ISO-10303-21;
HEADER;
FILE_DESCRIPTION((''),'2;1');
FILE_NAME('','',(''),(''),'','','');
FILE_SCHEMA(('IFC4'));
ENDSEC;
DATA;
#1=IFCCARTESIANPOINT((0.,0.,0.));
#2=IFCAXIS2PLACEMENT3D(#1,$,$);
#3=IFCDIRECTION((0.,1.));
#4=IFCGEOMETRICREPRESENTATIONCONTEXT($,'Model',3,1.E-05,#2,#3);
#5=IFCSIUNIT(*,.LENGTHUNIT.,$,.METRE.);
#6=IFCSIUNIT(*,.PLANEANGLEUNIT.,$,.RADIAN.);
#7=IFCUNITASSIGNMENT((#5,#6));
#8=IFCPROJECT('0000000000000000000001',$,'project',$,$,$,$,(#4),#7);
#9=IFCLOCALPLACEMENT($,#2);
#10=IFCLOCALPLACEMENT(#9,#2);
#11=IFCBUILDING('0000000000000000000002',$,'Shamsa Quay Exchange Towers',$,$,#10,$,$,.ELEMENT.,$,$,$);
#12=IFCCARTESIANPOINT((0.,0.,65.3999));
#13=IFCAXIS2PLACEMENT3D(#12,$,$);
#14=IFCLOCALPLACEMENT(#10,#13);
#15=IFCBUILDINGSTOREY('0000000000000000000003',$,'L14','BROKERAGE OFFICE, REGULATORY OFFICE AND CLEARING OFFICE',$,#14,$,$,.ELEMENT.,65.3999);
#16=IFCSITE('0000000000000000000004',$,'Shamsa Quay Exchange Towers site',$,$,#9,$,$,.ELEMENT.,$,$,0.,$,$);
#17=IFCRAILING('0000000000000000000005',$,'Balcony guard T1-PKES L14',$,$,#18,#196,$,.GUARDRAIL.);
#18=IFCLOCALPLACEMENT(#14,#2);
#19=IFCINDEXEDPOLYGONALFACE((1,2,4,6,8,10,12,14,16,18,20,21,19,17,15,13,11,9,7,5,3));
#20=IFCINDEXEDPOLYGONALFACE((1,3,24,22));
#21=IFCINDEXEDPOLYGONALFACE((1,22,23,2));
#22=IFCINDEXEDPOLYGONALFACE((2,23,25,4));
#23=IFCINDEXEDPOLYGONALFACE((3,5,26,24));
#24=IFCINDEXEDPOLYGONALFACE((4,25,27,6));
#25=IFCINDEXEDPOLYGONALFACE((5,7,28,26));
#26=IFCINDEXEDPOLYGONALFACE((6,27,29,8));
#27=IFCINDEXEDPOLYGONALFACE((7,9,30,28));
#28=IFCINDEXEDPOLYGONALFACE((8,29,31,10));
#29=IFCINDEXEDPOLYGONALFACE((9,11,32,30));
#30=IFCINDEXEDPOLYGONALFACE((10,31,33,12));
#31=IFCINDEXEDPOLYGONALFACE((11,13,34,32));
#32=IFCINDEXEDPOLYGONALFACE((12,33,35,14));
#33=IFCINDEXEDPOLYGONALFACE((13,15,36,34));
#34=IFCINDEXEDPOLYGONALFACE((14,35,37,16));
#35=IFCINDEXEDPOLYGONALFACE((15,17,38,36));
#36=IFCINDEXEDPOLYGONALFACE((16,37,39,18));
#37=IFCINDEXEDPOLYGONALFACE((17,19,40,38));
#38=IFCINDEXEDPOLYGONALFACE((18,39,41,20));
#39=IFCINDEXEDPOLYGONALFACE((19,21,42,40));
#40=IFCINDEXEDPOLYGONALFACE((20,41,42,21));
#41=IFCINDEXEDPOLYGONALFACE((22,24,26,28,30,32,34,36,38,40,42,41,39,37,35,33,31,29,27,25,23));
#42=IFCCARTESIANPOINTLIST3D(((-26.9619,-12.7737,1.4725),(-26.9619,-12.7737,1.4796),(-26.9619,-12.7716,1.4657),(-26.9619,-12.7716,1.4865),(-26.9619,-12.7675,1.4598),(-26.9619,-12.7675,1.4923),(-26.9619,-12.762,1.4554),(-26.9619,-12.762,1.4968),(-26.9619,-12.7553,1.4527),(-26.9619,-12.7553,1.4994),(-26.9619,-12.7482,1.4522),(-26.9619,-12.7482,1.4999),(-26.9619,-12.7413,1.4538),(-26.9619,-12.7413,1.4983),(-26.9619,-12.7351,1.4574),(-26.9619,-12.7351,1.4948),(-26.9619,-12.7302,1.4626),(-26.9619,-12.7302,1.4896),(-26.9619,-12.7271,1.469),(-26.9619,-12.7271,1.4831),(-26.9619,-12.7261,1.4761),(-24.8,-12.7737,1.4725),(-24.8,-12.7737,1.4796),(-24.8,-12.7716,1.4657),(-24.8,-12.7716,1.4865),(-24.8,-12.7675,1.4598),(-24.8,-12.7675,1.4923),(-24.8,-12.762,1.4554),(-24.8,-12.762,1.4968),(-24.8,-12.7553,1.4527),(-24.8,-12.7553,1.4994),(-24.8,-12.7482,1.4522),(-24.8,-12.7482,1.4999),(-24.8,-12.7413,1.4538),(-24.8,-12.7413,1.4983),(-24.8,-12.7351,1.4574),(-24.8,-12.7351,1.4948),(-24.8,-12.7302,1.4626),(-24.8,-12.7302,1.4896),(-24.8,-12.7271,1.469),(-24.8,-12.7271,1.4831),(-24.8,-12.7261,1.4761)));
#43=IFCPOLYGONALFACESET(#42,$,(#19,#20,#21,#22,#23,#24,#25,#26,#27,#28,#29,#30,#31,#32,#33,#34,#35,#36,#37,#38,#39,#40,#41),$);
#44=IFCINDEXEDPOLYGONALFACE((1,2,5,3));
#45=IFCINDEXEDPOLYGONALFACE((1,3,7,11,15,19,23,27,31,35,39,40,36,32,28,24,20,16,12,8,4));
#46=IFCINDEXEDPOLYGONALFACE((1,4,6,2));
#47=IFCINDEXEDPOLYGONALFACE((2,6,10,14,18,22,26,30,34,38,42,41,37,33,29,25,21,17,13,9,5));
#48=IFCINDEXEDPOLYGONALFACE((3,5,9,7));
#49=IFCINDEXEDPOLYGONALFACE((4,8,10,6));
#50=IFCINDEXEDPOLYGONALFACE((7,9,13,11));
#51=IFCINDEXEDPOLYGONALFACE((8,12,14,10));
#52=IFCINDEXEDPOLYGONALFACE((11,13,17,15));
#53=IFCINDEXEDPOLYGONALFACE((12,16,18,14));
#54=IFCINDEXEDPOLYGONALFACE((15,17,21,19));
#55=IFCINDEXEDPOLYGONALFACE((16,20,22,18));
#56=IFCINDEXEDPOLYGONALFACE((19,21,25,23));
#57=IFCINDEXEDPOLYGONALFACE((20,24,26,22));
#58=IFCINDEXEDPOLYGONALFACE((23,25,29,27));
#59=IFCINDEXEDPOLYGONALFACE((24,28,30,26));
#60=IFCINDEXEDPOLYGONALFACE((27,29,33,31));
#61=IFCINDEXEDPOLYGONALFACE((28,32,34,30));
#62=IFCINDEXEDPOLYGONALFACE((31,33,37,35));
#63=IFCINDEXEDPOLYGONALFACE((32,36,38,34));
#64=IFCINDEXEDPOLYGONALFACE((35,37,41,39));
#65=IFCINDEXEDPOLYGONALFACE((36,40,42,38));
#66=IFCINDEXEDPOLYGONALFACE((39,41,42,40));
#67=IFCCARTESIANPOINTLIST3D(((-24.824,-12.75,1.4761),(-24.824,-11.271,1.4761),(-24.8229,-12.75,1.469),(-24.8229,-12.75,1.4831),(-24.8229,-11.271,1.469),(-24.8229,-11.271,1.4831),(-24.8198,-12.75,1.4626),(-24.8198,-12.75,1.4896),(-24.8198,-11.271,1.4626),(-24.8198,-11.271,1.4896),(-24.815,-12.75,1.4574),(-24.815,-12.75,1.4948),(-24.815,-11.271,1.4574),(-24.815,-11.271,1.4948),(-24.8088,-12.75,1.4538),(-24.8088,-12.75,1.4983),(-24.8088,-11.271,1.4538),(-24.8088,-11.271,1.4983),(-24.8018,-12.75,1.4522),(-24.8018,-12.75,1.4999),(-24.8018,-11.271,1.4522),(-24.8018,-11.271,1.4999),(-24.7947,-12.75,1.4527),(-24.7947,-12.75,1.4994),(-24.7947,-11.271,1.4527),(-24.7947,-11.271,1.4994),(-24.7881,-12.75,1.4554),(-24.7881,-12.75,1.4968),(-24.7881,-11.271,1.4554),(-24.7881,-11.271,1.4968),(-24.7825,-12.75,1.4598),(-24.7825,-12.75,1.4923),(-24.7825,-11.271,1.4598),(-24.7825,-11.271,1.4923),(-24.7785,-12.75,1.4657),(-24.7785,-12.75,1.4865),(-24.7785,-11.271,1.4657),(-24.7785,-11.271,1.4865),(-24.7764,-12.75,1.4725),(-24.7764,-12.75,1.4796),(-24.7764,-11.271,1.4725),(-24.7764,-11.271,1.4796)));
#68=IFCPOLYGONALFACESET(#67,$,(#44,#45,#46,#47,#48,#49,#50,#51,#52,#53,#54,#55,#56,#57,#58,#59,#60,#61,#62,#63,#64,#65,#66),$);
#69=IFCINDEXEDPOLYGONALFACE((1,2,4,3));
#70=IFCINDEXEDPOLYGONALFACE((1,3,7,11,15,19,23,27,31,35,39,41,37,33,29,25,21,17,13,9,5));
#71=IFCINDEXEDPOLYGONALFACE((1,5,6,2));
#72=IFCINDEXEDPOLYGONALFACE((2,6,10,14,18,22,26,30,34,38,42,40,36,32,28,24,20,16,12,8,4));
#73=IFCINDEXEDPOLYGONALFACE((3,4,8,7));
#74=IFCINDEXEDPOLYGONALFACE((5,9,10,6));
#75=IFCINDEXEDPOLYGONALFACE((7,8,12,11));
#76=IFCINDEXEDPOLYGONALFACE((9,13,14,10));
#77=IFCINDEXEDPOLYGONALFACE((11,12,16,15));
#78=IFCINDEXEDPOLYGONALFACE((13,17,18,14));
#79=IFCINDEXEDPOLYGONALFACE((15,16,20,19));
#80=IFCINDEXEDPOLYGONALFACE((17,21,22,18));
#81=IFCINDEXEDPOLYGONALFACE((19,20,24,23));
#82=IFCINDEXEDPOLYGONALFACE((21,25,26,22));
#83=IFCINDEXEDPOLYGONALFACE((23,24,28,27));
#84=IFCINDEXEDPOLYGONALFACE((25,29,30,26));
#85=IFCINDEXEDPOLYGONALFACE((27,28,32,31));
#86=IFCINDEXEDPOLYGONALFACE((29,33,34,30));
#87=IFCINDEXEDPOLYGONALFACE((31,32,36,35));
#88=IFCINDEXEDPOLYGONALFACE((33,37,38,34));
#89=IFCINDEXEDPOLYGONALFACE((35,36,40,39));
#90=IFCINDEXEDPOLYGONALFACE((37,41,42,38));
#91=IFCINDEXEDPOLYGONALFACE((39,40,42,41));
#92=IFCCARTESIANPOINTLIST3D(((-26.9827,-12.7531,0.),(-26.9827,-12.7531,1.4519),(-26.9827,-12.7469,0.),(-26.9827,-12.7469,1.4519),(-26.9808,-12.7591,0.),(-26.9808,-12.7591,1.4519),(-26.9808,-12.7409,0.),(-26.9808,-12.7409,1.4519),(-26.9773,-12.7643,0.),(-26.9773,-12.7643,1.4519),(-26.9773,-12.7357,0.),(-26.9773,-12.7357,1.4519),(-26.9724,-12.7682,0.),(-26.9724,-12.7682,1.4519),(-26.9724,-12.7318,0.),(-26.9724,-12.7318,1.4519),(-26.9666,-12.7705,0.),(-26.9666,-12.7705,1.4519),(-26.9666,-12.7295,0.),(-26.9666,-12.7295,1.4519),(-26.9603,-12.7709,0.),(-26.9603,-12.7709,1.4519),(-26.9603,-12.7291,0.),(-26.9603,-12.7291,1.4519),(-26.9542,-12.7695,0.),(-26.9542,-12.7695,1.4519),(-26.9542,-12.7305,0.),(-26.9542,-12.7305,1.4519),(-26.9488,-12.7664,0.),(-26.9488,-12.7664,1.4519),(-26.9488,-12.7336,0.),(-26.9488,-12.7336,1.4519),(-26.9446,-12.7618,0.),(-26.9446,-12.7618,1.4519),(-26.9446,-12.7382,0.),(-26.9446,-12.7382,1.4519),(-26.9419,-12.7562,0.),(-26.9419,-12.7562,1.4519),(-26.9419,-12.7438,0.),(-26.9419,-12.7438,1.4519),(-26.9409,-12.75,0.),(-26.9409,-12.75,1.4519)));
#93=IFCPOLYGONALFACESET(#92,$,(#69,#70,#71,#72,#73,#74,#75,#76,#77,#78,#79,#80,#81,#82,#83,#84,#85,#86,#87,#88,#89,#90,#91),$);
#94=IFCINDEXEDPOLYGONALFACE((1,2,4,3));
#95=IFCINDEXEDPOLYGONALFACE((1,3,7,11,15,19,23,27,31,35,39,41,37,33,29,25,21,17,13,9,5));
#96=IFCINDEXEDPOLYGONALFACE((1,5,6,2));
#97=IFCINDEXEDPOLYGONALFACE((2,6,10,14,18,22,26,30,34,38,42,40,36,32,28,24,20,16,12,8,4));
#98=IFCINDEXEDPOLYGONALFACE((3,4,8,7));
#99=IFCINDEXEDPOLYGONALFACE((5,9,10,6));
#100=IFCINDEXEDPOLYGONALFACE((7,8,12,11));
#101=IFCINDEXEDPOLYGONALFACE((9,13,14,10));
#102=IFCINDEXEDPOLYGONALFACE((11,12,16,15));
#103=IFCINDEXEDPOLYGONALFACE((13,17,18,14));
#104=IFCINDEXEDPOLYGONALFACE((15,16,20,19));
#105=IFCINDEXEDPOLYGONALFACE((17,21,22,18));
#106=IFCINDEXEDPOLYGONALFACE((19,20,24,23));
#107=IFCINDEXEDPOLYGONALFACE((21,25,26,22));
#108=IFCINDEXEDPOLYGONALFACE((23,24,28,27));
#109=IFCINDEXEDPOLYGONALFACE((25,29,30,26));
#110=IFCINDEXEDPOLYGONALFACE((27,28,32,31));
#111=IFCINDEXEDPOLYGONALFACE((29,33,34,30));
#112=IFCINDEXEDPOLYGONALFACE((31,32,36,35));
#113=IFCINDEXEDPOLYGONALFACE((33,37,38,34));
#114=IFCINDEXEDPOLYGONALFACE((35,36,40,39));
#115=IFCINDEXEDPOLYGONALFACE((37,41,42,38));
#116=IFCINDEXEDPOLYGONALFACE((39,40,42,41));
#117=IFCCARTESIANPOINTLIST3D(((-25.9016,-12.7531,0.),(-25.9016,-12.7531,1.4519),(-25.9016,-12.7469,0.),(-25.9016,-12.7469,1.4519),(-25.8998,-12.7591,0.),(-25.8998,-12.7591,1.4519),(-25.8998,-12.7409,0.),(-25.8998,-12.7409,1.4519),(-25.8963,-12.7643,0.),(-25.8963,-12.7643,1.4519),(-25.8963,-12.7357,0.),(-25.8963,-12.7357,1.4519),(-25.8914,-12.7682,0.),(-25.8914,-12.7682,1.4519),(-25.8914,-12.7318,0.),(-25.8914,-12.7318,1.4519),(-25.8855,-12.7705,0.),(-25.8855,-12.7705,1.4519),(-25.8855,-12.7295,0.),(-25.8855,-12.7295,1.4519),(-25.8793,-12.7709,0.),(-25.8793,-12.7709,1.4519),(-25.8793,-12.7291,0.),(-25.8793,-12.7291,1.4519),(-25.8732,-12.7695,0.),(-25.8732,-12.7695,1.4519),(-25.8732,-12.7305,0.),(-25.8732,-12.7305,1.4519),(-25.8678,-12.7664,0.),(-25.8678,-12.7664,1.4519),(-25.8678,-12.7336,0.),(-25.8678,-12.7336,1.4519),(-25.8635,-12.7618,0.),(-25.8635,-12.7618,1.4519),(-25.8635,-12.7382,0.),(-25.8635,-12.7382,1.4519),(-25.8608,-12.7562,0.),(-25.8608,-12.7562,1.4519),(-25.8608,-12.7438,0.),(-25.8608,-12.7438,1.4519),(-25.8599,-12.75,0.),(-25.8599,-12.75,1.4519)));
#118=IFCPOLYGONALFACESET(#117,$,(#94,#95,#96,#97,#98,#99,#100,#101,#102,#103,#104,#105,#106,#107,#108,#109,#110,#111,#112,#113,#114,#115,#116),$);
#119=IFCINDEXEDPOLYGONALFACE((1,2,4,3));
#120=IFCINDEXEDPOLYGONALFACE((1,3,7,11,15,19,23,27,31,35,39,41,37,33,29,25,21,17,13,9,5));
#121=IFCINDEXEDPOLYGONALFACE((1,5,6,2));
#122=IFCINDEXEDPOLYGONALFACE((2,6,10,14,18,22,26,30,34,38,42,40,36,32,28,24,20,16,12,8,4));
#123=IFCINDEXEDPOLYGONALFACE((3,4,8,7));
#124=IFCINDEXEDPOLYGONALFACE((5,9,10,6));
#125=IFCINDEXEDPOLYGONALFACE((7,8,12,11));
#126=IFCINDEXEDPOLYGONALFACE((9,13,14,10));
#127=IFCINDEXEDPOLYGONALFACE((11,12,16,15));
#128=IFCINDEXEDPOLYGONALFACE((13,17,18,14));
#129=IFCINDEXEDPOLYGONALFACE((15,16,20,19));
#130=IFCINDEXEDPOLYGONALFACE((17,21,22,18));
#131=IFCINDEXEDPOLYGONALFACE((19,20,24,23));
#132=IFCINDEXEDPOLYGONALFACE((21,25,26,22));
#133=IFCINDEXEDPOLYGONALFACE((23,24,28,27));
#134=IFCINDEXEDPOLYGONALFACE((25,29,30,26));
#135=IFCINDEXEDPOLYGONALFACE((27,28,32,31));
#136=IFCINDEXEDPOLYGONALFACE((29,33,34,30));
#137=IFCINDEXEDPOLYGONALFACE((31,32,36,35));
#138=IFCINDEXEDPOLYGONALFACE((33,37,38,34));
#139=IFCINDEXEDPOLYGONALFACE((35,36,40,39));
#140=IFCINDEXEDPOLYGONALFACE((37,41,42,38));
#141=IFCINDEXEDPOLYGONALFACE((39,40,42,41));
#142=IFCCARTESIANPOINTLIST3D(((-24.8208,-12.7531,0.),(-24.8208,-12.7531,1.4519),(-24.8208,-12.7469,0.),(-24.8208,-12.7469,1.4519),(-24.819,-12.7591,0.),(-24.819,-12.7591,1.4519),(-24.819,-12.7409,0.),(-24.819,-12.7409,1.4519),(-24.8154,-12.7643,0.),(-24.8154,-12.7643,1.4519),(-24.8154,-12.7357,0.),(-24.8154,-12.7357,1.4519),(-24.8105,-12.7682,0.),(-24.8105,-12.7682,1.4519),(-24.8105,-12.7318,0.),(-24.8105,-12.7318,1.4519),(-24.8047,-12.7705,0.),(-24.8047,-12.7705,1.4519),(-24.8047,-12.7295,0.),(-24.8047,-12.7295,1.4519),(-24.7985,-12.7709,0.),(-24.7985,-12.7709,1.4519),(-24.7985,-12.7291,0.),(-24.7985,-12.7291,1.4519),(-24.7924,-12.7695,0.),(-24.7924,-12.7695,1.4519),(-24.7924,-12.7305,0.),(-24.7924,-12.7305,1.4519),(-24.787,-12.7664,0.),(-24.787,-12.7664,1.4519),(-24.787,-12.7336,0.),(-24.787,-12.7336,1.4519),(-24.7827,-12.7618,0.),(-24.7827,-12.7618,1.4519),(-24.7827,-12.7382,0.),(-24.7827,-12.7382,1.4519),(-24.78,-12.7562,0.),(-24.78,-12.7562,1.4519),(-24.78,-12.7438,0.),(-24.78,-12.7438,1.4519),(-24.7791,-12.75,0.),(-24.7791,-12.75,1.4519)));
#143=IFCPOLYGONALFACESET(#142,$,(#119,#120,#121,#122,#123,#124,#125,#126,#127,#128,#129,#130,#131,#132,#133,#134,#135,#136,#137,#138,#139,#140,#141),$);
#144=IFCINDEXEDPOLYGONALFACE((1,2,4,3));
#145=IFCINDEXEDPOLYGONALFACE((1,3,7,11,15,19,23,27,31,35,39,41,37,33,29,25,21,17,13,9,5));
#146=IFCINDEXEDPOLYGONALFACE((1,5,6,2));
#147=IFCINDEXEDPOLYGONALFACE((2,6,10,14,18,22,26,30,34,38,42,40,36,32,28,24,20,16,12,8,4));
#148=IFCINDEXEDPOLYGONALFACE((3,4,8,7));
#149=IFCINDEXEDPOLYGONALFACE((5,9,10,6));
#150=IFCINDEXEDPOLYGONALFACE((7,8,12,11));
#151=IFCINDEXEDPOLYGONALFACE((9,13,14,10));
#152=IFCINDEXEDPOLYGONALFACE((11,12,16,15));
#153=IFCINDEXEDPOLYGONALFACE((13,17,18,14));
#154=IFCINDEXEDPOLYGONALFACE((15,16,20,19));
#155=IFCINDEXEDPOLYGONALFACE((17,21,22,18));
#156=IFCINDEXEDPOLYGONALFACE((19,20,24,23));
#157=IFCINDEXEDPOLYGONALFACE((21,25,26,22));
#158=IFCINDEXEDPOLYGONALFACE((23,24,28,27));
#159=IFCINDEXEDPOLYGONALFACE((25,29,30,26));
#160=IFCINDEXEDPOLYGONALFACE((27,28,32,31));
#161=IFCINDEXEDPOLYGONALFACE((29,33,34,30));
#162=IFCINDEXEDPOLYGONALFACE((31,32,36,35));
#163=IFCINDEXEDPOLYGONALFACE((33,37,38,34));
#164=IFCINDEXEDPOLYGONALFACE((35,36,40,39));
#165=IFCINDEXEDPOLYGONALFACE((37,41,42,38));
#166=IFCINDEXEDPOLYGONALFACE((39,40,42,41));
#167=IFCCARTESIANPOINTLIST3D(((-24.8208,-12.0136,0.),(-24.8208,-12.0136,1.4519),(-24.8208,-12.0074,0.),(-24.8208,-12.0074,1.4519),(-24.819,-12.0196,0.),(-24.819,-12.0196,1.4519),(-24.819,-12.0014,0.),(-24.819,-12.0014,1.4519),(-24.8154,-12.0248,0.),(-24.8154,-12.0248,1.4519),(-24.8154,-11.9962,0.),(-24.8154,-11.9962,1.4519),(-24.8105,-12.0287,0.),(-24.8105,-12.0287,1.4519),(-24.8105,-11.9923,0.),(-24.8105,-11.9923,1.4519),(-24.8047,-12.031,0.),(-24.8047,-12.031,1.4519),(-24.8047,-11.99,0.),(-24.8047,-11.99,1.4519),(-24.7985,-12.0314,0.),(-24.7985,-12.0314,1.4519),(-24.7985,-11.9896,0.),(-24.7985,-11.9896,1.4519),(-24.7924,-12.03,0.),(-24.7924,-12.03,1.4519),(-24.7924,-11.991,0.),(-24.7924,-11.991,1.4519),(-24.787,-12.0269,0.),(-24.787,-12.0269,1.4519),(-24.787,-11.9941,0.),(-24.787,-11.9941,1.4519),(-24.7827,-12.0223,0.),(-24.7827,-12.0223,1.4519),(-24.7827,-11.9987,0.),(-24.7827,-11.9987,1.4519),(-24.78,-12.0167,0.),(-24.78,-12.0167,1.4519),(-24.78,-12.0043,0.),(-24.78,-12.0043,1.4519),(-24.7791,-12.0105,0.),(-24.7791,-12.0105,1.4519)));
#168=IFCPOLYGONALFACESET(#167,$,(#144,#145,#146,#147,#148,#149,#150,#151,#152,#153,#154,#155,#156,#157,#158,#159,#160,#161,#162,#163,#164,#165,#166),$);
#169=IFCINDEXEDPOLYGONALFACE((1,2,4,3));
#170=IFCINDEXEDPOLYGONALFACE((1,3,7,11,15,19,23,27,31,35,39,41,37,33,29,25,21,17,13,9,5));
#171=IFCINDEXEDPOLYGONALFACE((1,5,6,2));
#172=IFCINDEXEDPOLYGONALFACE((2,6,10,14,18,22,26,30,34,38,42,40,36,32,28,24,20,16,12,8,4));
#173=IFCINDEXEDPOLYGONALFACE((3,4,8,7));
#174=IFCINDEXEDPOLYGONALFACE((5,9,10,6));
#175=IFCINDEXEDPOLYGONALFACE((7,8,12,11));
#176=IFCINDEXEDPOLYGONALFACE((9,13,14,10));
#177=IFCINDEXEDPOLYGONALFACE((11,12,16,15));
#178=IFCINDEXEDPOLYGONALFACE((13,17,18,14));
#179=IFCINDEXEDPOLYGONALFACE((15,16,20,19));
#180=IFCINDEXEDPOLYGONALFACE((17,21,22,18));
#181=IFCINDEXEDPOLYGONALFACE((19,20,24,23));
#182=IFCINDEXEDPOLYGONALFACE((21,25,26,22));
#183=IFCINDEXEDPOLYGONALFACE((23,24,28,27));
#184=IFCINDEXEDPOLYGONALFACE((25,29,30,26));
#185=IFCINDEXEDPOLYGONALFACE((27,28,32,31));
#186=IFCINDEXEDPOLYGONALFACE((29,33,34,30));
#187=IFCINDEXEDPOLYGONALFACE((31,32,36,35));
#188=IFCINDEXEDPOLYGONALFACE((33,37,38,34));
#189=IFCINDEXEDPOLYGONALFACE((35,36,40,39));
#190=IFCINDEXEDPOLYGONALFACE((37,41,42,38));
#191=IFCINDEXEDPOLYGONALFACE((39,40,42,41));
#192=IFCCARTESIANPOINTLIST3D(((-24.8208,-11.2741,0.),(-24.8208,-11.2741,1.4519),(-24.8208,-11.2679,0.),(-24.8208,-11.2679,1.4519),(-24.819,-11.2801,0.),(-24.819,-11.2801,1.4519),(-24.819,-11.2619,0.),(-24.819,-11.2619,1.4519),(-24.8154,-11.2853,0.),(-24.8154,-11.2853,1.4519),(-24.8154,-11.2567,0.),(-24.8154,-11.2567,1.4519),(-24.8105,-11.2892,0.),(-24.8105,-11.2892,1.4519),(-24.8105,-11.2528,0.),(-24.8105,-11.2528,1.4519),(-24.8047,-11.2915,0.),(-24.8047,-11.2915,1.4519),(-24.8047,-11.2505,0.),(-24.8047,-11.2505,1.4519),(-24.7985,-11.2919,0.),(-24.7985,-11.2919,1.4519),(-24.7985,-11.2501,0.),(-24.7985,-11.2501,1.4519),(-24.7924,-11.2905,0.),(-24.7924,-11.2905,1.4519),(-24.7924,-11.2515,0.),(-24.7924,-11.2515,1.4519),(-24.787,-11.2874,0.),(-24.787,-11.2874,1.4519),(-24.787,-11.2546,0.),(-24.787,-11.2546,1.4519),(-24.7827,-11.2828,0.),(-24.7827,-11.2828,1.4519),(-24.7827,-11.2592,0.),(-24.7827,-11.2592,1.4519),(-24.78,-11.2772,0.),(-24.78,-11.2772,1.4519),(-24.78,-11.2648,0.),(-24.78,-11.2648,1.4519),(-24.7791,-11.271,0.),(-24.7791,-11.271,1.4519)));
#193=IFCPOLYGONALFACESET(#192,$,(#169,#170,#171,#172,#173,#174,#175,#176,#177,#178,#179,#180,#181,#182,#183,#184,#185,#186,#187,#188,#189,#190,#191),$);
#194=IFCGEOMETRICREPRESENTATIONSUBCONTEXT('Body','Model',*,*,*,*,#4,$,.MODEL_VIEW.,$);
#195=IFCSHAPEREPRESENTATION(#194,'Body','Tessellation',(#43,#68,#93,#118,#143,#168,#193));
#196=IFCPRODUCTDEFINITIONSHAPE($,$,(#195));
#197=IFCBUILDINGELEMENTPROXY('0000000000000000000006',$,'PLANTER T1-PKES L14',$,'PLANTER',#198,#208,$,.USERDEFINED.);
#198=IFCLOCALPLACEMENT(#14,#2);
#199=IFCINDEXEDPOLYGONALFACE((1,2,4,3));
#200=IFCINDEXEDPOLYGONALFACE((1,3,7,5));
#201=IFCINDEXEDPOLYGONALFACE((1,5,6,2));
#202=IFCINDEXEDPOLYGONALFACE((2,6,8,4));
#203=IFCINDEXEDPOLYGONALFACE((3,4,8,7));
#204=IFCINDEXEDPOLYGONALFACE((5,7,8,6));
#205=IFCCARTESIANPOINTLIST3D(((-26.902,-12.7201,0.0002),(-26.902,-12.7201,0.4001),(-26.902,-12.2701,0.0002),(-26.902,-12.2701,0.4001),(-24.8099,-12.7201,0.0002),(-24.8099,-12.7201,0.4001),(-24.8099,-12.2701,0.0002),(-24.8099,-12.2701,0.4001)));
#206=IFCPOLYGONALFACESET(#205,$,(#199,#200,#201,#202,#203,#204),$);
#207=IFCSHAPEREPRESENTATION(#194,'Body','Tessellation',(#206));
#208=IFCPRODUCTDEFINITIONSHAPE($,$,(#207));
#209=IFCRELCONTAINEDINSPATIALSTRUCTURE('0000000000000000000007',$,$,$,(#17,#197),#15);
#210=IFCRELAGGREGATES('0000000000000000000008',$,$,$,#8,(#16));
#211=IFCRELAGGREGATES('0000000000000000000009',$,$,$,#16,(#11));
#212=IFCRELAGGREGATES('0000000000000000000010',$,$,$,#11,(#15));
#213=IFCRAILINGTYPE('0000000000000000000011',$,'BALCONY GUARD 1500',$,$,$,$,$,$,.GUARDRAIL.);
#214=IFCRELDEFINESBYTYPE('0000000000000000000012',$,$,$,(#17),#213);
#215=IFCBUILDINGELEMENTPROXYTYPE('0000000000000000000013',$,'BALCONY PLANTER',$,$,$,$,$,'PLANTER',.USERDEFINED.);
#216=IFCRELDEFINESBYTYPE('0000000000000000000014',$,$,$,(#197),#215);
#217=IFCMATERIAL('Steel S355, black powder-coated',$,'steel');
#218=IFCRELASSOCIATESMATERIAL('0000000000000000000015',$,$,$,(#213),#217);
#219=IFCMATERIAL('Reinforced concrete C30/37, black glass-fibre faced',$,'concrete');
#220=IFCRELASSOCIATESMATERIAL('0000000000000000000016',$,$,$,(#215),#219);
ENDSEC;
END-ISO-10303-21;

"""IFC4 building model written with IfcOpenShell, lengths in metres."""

from ifc_helpers import new_model, si_unit, direction, frame, origin, origin_2d, place, context, subcontext, project, spatial, rectangle, circle, extrude, material, type_object, element, save


model = new_model("IFC4")

# Units and contexts
model_context = context("Model", 3, precision=1e-05, world=origin(), true_north=direction((0.0, 1.0)))
body_context = subcontext(model_context, "Body", "Model", "MODEL_VIEW")
ifc_project = project(units=[si_unit("LENGTHUNIT", "METRE"), si_unit("PLANEANGLEUNIT", "RADIAN")], contexts=[model_context])

# Site, building, storey
site_placement = place(None, origin())
site = spatial("IfcSite", under=ifc_project, at=site_placement, Name="Shamsa Quay Exchange Towers site", CompositionType="ELEMENT", RefElevation=0.0)
building_placement = place(site_placement, origin())
building = spatial("IfcBuilding", under=site, at=building_placement, Name="Shamsa Quay Exchange Towers", CompositionType="ELEMENT")
storey_placement = place(building_placement, frame((0.0, 0.0, 65.3999)))
storey = spatial("IfcBuildingStorey", under=building, at=storey_placement, Name="L14", Description="BROKERAGE OFFICE, REGULATORY OFFICE AND CLEARING OFFICE", CompositionType="ELEMENT", Elevation=65.3999)

# Railing
ifc_material_1 = material(Name="Steel S355, black powder-coated", Category="steel")
railing_type_1 = type_object("IfcRailingType", Name="BALCONY GUARD 1500", PredefinedType="GUARDRAIL", material=ifc_material_1)
railing_1_placement = place(storey_placement, frame((-26.9619, -12.75, 0.0)))
element("IfcRailing", 1, at=railing_1_placement, inside=storey, type_object=railing_type_1, Name="Balcony guard T1-PKES L14", PredefinedType="GUARDRAIL", context=body_context, shape_type="SweptSolid", body=[
    extrude(circle(Radius=0.0239, at=origin_2d()), frame((0.0, 0.0, 1.4761), z_axis=(1.0, 0.0, 0.0), x_axis=(0.0, 1.0, 0.0)), (0.0, 0.0, 1.0), 2.1619),
    extrude(circle(Radius=0.0239, at=origin_2d()), frame((2.1619, 0.0, 1.4761), z_axis=(0.0, 1.0, 0.0), x_axis=(-1.0, 0.0, 0.0)), (0.0, 0.0, 1.0), 1.479),
    extrude(circle(Radius=0.021, at=origin_2d()), origin(), (0.0, 0.0, 1.0), 1.4519),
    extrude(circle(Radius=0.021, at=origin_2d()), frame((1.0811, 0.0, 0.0)), (0.0, 0.0, 1.0), 1.4519),
    extrude(circle(Radius=0.021, at=origin_2d()), frame((2.1619, 0.0, 0.0)), (0.0, 0.0, 1.0), 1.4519),
    extrude(circle(Radius=0.021, at=origin_2d()), frame((2.1619, 0.7395, 0.0)), (0.0, 0.0, 1.0), 1.4519),
    extrude(circle(Radius=0.021, at=origin_2d()), frame((2.1619, 1.479, 0.0)), (0.0, 0.0, 1.0), 1.4519),
])

# Building element proxy
ifc_material_2 = material(Name="Reinforced concrete C30/37, black glass-fibre faced", Category="concrete")
building_element_proxy_type = type_object("IfcBuildingElementProxyType", Name="BALCONY PLANTER", ElementType="PLANTER", PredefinedType="USERDEFINED", material=ifc_material_2)
proxy_placement = place(storey_placement, frame((-25.856, -12.4951, 0.0002)))
element("IfcBuildingElementProxy", 2, at=proxy_placement, inside=storey, type_object=building_element_proxy_type, Name="PLANTER T1-PKES L14", ObjectType="PLANTER", PredefinedType="USERDEFINED", context=body_context, shape_type="SweptSolid", body=[
    extrude(rectangle(XDim=2.092, YDim=0.45, at=origin_2d()), origin(), (0.0, 0.0, 1.0), 0.3999),
])

save(model, "model.ifc")
